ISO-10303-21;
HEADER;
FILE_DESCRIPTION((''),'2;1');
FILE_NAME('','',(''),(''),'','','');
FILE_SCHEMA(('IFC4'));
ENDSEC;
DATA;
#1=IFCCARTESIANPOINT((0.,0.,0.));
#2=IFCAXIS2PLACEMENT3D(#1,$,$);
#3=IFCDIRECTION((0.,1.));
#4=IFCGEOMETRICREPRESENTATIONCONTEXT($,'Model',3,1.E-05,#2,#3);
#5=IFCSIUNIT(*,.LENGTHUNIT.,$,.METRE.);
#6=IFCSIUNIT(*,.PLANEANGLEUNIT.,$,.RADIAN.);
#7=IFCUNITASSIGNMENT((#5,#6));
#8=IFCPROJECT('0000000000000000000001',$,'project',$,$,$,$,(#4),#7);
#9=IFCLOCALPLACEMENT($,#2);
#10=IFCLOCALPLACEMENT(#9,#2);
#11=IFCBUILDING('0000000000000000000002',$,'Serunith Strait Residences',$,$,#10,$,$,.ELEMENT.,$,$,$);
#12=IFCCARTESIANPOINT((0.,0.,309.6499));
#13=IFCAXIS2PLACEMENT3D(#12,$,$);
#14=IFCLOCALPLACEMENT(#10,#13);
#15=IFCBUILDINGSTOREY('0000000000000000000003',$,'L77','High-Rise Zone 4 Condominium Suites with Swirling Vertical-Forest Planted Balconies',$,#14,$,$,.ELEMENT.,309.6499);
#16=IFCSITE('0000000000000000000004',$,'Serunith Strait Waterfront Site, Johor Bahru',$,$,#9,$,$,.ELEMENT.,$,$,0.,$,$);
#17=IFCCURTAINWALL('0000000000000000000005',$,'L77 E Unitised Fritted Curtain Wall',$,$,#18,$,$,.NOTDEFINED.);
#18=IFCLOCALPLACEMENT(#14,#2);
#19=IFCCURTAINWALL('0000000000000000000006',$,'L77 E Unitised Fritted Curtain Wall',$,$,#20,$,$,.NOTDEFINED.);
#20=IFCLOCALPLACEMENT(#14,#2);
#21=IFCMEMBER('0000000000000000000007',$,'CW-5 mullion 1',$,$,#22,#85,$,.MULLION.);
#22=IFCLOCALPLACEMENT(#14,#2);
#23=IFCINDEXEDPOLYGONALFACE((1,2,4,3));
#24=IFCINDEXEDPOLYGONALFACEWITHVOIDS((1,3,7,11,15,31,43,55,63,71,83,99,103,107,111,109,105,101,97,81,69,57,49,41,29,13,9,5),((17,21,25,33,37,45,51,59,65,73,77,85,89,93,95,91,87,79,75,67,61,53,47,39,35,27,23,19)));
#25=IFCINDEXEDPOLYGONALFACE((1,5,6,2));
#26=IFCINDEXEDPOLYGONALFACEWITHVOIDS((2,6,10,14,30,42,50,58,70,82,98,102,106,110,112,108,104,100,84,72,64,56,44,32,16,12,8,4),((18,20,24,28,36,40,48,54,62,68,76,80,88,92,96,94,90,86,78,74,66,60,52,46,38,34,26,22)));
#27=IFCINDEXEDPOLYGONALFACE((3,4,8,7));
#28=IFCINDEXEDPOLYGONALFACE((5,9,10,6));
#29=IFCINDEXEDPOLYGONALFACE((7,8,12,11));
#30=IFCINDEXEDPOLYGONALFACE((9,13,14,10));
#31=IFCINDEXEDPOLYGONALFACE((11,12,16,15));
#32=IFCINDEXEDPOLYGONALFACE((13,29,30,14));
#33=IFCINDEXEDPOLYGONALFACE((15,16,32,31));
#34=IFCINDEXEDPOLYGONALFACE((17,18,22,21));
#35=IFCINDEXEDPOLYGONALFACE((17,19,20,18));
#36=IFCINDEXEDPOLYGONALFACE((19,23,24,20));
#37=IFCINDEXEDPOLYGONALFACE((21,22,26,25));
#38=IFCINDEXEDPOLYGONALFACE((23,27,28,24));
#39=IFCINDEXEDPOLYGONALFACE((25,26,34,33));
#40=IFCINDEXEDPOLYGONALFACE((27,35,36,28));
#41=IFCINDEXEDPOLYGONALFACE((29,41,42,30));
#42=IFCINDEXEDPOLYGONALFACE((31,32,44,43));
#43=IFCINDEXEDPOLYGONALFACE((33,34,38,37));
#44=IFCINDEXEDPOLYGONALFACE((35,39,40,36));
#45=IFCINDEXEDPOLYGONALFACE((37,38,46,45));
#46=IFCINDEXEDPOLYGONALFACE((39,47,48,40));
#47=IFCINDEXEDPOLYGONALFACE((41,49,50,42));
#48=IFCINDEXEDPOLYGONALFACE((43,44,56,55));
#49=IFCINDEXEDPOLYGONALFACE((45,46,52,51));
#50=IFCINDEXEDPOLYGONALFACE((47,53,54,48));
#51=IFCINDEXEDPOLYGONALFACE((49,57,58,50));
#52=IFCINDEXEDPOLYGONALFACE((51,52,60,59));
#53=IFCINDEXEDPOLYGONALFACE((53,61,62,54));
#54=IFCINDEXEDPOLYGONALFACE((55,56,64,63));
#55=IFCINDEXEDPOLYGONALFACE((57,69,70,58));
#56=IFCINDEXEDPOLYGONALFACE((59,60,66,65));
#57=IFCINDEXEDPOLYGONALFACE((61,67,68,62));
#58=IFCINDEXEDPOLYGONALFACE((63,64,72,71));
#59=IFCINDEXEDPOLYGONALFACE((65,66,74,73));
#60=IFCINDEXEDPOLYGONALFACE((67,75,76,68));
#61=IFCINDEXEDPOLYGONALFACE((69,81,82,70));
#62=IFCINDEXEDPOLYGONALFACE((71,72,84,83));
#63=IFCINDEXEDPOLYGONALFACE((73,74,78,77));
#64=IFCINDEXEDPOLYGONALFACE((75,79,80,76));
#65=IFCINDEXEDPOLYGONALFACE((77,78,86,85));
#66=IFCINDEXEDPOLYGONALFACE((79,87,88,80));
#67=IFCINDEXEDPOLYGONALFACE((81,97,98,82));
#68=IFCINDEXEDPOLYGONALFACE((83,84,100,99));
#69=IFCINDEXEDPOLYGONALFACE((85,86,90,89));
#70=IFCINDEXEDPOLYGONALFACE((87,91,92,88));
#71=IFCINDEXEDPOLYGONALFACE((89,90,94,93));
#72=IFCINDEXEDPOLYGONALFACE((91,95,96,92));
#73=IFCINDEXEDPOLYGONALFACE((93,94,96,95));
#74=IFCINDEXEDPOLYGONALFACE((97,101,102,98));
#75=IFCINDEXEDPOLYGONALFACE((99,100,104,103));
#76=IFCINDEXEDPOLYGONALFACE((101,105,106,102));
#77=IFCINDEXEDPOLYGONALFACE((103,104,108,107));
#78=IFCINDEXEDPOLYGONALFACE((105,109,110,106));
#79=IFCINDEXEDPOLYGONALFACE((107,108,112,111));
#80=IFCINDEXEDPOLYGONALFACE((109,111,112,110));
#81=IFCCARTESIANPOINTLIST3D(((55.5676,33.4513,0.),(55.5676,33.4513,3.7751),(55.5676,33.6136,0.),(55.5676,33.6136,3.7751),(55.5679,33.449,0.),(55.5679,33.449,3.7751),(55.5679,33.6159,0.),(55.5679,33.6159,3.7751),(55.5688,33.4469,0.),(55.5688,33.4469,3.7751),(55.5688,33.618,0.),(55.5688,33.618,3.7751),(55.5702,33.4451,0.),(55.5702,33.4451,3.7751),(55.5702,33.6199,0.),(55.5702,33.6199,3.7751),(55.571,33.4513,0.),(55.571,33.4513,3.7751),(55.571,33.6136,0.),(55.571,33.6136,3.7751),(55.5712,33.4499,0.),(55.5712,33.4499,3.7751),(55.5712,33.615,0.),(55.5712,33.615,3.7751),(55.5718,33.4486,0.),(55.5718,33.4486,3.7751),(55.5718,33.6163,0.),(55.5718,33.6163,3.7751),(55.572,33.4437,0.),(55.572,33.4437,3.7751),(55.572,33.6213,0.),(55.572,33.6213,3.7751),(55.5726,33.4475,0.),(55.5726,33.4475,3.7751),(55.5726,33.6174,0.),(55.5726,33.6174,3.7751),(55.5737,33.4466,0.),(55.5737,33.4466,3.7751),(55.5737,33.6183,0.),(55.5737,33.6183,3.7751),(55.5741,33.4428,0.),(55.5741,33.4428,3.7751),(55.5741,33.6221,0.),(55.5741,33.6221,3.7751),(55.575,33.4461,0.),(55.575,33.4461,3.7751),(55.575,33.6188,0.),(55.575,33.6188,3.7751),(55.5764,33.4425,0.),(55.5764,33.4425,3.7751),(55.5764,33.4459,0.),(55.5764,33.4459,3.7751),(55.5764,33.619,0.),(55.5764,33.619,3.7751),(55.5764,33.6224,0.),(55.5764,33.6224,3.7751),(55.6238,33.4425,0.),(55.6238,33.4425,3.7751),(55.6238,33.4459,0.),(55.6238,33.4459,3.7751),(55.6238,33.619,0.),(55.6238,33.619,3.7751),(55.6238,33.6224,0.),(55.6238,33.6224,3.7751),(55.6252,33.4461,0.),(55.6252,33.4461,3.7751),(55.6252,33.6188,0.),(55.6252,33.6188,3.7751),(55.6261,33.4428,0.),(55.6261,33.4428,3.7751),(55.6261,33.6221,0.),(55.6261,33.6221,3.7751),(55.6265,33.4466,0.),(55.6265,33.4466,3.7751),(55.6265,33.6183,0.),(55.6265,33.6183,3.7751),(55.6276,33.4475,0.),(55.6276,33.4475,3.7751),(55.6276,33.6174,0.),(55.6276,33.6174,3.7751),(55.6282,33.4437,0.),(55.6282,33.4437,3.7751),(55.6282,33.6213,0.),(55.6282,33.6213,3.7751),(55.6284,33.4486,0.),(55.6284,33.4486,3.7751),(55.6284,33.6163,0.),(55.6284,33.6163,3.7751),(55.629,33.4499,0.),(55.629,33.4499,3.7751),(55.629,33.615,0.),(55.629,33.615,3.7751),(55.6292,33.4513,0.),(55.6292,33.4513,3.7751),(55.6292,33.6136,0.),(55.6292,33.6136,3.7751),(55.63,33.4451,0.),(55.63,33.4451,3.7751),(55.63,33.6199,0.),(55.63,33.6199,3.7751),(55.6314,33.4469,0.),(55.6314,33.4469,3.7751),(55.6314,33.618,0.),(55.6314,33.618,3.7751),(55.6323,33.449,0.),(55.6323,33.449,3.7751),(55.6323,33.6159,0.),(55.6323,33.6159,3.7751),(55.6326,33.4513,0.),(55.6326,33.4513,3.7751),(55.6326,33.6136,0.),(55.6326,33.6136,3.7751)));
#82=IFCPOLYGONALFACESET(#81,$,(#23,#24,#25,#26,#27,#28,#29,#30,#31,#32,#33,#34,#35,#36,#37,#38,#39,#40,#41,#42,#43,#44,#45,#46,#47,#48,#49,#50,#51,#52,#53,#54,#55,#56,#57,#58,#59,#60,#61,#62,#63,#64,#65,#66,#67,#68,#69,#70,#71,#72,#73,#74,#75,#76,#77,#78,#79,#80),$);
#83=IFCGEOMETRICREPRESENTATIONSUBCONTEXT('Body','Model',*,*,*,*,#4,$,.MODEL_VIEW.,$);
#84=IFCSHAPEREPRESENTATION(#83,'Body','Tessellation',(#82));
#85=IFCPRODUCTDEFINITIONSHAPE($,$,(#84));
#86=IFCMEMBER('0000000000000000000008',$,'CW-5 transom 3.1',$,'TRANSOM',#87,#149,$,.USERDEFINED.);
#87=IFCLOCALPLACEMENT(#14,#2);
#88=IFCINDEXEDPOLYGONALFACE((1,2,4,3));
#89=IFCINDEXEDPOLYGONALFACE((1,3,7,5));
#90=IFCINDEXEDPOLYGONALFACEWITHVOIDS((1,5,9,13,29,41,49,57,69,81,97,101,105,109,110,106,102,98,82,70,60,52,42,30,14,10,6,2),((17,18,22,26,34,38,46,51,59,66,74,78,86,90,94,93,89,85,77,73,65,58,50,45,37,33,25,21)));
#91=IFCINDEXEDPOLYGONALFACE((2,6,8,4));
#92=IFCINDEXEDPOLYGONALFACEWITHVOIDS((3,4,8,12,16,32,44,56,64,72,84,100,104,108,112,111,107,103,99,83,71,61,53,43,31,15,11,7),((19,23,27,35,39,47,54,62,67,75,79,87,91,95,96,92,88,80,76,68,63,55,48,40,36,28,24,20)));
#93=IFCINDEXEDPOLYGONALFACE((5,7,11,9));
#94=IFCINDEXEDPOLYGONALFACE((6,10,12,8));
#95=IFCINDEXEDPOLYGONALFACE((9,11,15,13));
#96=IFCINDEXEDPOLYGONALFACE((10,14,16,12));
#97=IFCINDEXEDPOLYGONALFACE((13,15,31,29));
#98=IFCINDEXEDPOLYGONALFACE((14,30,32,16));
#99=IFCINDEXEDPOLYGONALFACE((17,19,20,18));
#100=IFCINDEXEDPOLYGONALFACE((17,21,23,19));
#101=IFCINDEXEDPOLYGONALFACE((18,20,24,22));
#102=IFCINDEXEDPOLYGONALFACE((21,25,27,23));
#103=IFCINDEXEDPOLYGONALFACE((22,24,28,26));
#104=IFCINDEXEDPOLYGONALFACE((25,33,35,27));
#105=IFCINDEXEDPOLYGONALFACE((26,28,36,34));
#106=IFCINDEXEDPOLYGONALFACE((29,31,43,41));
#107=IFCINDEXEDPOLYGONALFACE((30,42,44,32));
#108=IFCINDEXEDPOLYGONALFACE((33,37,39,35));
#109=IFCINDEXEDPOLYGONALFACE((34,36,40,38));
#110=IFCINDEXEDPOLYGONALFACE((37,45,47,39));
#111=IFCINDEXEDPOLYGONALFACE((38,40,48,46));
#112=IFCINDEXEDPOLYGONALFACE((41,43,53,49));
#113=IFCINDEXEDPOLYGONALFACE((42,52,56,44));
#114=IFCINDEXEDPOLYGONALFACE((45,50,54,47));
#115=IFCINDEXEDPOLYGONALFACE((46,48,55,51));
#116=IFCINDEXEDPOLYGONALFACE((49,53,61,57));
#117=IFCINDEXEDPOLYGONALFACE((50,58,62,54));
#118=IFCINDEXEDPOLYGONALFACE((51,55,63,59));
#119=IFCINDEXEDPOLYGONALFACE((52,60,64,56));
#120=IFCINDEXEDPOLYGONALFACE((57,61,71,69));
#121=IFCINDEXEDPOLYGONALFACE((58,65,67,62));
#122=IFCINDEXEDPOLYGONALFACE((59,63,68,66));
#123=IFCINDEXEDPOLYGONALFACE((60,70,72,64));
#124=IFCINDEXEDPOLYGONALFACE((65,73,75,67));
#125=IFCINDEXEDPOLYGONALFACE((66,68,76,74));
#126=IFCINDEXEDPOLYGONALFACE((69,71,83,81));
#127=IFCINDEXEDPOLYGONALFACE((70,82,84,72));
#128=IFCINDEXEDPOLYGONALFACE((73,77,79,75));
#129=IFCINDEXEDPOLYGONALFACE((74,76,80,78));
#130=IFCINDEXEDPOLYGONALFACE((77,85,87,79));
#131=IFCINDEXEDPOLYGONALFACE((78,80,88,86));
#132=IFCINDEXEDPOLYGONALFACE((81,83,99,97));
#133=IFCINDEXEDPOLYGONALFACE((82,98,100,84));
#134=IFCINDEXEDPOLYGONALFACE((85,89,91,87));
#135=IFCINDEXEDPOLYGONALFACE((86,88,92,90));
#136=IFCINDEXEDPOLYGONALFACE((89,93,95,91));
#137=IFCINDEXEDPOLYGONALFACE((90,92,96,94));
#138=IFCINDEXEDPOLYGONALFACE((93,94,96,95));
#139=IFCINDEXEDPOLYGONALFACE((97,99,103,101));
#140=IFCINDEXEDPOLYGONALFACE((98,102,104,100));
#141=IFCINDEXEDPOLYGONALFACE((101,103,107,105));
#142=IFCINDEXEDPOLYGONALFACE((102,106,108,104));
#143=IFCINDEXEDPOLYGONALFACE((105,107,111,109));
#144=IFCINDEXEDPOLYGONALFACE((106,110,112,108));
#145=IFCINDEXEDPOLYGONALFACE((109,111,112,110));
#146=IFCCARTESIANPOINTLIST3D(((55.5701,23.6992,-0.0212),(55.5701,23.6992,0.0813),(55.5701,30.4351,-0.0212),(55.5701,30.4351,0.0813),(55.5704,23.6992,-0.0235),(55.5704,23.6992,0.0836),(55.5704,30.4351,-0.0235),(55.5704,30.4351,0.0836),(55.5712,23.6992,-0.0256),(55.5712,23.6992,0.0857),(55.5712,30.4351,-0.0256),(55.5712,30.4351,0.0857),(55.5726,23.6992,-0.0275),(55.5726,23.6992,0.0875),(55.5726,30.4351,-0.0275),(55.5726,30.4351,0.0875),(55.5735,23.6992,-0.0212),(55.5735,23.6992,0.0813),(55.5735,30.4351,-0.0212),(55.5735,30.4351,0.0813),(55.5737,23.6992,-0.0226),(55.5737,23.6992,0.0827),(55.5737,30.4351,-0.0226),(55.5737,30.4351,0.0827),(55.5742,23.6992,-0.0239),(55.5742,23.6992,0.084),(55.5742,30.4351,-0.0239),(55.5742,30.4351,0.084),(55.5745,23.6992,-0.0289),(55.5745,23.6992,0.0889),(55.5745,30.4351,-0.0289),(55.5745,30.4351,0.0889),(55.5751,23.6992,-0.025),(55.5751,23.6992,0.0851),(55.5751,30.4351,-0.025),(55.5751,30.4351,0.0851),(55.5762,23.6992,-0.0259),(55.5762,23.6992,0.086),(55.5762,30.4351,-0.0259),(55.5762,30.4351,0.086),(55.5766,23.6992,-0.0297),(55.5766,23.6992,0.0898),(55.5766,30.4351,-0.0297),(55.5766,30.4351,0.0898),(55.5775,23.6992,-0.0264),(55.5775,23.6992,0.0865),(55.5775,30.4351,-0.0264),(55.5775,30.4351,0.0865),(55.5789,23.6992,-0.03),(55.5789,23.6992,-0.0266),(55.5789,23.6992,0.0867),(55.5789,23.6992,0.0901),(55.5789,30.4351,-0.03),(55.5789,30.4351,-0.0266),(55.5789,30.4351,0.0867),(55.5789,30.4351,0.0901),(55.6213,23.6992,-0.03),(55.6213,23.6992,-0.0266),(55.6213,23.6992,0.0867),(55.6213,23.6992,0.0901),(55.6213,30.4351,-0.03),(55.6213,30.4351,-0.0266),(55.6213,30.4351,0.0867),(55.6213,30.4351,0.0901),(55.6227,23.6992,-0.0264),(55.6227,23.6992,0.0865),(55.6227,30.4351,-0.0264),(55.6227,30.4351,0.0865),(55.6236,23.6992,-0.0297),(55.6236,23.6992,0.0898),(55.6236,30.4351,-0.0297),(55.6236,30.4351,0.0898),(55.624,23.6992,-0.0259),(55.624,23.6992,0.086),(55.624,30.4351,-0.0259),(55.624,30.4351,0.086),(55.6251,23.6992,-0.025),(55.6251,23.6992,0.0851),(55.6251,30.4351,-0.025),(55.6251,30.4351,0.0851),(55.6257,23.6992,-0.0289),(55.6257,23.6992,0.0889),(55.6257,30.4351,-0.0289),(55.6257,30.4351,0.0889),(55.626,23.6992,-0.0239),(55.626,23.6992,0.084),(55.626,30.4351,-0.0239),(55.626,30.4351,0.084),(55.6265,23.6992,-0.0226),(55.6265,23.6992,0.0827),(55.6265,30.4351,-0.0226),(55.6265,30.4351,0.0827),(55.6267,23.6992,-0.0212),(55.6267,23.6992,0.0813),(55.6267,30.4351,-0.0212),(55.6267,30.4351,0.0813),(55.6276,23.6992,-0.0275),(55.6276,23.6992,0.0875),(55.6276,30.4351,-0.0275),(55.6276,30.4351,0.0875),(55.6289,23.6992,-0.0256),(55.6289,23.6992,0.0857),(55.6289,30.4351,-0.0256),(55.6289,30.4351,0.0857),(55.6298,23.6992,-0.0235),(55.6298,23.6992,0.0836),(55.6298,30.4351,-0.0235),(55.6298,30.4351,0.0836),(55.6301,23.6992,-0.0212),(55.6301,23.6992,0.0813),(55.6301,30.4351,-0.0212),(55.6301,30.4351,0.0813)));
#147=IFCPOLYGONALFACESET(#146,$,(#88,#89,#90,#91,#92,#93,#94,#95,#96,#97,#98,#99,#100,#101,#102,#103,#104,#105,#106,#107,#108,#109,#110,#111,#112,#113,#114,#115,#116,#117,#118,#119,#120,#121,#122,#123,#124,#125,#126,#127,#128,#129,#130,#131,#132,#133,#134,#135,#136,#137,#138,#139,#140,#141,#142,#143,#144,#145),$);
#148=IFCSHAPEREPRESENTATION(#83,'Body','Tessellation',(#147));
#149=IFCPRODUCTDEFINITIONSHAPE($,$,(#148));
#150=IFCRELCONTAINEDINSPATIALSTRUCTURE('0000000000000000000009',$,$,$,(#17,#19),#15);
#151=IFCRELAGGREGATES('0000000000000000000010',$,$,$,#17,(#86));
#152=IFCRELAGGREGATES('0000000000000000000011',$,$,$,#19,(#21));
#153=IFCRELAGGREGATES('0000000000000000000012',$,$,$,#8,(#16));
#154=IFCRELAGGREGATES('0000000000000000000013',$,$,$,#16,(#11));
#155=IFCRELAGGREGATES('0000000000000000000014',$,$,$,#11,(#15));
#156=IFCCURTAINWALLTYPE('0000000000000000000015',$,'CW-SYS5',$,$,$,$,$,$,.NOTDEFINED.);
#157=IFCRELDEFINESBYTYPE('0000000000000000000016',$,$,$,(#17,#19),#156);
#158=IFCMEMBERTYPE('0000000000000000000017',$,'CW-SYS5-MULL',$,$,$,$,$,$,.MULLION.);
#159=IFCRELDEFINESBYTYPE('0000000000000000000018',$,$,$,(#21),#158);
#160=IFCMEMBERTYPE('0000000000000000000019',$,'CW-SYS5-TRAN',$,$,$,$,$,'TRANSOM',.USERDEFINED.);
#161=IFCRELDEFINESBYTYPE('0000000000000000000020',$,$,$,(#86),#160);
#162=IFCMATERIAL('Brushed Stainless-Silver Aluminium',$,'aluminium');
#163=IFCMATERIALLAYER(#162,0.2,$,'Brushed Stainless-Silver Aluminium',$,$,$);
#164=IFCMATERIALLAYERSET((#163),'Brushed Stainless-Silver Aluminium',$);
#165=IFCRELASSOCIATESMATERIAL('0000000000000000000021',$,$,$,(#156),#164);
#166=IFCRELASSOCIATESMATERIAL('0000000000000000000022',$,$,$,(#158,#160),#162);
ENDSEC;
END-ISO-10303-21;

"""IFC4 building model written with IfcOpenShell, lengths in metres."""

from ifc_helpers import new_model, si_unit, direction, frame, origin, origin_2d, place, context, subcontext, project, spatial, hollow_rectangle, extrude, source, transform, mapped, material, layer, layer_set, material_profile, profile_set, type_object, element, aggregate, save


model = new_model("IFC4")

# Units and contexts
model_context = context("Model", 3, precision=1e-05, world=origin(), true_north=direction((0.0, 1.0)))
body_context = subcontext(model_context, "Body", "Model", "MODEL_VIEW")
ifc_project = project(units=[si_unit("LENGTHUNIT", "METRE"), si_unit("PLANEANGLEUNIT", "RADIAN")], contexts=[model_context])

# Site, building, storey
site_placement = place(None, origin())
site = spatial("IfcSite", under=ifc_project, at=site_placement, Name="Serunith Strait Waterfront Site, Johor Bahru", CompositionType="ELEMENT", RefElevation=0.0)
building_placement = place(site_placement, origin())
building = spatial("IfcBuilding", under=site, at=building_placement, Name="Serunith Strait Residences", CompositionType="ELEMENT")
storey_placement = place(building_placement, frame((0.0, 0.0, 309.6499)))
storey = spatial("IfcBuildingStorey", under=building, at=storey_placement, Name="L77", Description="High-Rise Zone 4 Condominium Suites with Swirling Vertical-Forest Planted Balconies", CompositionType="ELEMENT", Elevation=309.6499)

# Curtain wall
ifc_material_1 = material(Name="Brushed Stainless-Silver Aluminium", Category="aluminium")
ifc_layer_1 = layer(ifc_material_1, 0.2, Name="Brushed Stainless-Silver Aluminium")
ifc_layer_set_1 = layer_set([ifc_layer_1], Name="Brushed Stainless-Silver Aluminium")
curtain_wall_type = type_object("IfcCurtainWallType", Name="CW-SYS5", PredefinedType="NOTDEFINED", material=ifc_layer_set_1)
curtain_wall_1_placement = place(storey_placement, origin())
curtain_wall_1 = element("IfcCurtainWall", 1, at=curtain_wall_1_placement, inside=storey, type_object=curtain_wall_type, Name="L77 E Unitised Fritted Curtain Wall", PredefinedType="NOTDEFINED")
ifc_material_profile_1 = material_profile(ifc_material_1, hollow_rectangle(XDim=0.0649, YDim=0.1799, WallThickness=0.0034, InnerFilletRadius=0.0054, OuterFilletRadius=0.0088, at=origin_2d()), Name="ALU 180x65x3.5")
ifc_profile_set_1 = profile_set([ifc_material_profile_1], Name="Brushed Stainless-Silver Aluminium")
member_type_1 = type_object("IfcMemberType", Name="CW-SYS5-MULL", PredefinedType="MULLION", material=ifc_profile_set_1)
shared_shape_1 = source(origin(), body_context, "Body", "SweptSolid", [
    extrude(hollow_rectangle(XDim=0.0649, YDim=0.1799, WallThickness=0.0034, InnerFilletRadius=0.0054, OuterFilletRadius=0.0088, at=origin_2d()), origin(), (0.0, 0.0, 1.0), 3.7751),
])

# Curtain wall, member
curtain_wall_2_placement = place(storey_placement, origin())
curtain_wall_2 = element("IfcCurtainWall", 2, at=curtain_wall_2_placement, inside=storey, type_object=curtain_wall_type, Name="L77 E Unitised Fritted Curtain Wall", PredefinedType="NOTDEFINED")
member_1_placement = place(storey_placement, frame((55.6001, 33.5325, 0.0), z_axis=(0.0, 0.0, 1.0), x_axis=(-1.0, 0.0, 0.0)))
member_1 = element("IfcMember", 3, at=member_1_placement, type_object=member_type_1, Name="CW-5 mullion 1", PredefinedType="MULLION", context=body_context, shape_type="MappedRepresentation", body=[
    mapped(shared_shape_1, transform((0.0, 0.0, 0.0), scale=1.0)),
])

# Member
ifc_material_profile_2 = material_profile(ifc_material_1, hollow_rectangle(XDim=0.0601, YDim=0.1201, WallThickness=0.0034, InnerFilletRadius=0.0054, OuterFilletRadius=0.0088, at=origin_2d()), Name="ALU 120x60x3.5")
ifc_profile_set_2 = profile_set([ifc_material_profile_2], Name="Brushed Stainless-Silver Aluminium")
member_type_2 = type_object("IfcMemberType", Name="CW-SYS5-TRAN", ElementType="TRANSOM", PredefinedType="USERDEFINED", material=ifc_profile_set_2)
shared_shape_2 = source(origin(), body_context, "Body", "SweptSolid", [
    extrude(hollow_rectangle(XDim=0.0601, YDim=0.1201, WallThickness=0.0034, InnerFilletRadius=0.0054, OuterFilletRadius=0.0088, at=origin_2d()), origin(), (0.0, 0.0, 1.0), 6.7358),
])
member_2_placement = place(storey_placement, frame((55.6001, 23.6992, 0.03), z_axis=(0.0, 1.0, 0.0), x_axis=(-1.0, 0.0, 0.0)))
member_2 = element("IfcMember", 4, at=member_2_placement, type_object=member_type_2, Name="CW-5 transom 3.1", ObjectType="TRANSOM", PredefinedType="USERDEFINED", context=body_context, shape_type="MappedRepresentation", body=[
    mapped(shared_shape_2, transform((0.0, 0.0, 0.0), scale=1.0)),
])

aggregate(curtain_wall_1, [member_2])
aggregate(curtain_wall_2, [member_1])

save(model, "model.ifc")
